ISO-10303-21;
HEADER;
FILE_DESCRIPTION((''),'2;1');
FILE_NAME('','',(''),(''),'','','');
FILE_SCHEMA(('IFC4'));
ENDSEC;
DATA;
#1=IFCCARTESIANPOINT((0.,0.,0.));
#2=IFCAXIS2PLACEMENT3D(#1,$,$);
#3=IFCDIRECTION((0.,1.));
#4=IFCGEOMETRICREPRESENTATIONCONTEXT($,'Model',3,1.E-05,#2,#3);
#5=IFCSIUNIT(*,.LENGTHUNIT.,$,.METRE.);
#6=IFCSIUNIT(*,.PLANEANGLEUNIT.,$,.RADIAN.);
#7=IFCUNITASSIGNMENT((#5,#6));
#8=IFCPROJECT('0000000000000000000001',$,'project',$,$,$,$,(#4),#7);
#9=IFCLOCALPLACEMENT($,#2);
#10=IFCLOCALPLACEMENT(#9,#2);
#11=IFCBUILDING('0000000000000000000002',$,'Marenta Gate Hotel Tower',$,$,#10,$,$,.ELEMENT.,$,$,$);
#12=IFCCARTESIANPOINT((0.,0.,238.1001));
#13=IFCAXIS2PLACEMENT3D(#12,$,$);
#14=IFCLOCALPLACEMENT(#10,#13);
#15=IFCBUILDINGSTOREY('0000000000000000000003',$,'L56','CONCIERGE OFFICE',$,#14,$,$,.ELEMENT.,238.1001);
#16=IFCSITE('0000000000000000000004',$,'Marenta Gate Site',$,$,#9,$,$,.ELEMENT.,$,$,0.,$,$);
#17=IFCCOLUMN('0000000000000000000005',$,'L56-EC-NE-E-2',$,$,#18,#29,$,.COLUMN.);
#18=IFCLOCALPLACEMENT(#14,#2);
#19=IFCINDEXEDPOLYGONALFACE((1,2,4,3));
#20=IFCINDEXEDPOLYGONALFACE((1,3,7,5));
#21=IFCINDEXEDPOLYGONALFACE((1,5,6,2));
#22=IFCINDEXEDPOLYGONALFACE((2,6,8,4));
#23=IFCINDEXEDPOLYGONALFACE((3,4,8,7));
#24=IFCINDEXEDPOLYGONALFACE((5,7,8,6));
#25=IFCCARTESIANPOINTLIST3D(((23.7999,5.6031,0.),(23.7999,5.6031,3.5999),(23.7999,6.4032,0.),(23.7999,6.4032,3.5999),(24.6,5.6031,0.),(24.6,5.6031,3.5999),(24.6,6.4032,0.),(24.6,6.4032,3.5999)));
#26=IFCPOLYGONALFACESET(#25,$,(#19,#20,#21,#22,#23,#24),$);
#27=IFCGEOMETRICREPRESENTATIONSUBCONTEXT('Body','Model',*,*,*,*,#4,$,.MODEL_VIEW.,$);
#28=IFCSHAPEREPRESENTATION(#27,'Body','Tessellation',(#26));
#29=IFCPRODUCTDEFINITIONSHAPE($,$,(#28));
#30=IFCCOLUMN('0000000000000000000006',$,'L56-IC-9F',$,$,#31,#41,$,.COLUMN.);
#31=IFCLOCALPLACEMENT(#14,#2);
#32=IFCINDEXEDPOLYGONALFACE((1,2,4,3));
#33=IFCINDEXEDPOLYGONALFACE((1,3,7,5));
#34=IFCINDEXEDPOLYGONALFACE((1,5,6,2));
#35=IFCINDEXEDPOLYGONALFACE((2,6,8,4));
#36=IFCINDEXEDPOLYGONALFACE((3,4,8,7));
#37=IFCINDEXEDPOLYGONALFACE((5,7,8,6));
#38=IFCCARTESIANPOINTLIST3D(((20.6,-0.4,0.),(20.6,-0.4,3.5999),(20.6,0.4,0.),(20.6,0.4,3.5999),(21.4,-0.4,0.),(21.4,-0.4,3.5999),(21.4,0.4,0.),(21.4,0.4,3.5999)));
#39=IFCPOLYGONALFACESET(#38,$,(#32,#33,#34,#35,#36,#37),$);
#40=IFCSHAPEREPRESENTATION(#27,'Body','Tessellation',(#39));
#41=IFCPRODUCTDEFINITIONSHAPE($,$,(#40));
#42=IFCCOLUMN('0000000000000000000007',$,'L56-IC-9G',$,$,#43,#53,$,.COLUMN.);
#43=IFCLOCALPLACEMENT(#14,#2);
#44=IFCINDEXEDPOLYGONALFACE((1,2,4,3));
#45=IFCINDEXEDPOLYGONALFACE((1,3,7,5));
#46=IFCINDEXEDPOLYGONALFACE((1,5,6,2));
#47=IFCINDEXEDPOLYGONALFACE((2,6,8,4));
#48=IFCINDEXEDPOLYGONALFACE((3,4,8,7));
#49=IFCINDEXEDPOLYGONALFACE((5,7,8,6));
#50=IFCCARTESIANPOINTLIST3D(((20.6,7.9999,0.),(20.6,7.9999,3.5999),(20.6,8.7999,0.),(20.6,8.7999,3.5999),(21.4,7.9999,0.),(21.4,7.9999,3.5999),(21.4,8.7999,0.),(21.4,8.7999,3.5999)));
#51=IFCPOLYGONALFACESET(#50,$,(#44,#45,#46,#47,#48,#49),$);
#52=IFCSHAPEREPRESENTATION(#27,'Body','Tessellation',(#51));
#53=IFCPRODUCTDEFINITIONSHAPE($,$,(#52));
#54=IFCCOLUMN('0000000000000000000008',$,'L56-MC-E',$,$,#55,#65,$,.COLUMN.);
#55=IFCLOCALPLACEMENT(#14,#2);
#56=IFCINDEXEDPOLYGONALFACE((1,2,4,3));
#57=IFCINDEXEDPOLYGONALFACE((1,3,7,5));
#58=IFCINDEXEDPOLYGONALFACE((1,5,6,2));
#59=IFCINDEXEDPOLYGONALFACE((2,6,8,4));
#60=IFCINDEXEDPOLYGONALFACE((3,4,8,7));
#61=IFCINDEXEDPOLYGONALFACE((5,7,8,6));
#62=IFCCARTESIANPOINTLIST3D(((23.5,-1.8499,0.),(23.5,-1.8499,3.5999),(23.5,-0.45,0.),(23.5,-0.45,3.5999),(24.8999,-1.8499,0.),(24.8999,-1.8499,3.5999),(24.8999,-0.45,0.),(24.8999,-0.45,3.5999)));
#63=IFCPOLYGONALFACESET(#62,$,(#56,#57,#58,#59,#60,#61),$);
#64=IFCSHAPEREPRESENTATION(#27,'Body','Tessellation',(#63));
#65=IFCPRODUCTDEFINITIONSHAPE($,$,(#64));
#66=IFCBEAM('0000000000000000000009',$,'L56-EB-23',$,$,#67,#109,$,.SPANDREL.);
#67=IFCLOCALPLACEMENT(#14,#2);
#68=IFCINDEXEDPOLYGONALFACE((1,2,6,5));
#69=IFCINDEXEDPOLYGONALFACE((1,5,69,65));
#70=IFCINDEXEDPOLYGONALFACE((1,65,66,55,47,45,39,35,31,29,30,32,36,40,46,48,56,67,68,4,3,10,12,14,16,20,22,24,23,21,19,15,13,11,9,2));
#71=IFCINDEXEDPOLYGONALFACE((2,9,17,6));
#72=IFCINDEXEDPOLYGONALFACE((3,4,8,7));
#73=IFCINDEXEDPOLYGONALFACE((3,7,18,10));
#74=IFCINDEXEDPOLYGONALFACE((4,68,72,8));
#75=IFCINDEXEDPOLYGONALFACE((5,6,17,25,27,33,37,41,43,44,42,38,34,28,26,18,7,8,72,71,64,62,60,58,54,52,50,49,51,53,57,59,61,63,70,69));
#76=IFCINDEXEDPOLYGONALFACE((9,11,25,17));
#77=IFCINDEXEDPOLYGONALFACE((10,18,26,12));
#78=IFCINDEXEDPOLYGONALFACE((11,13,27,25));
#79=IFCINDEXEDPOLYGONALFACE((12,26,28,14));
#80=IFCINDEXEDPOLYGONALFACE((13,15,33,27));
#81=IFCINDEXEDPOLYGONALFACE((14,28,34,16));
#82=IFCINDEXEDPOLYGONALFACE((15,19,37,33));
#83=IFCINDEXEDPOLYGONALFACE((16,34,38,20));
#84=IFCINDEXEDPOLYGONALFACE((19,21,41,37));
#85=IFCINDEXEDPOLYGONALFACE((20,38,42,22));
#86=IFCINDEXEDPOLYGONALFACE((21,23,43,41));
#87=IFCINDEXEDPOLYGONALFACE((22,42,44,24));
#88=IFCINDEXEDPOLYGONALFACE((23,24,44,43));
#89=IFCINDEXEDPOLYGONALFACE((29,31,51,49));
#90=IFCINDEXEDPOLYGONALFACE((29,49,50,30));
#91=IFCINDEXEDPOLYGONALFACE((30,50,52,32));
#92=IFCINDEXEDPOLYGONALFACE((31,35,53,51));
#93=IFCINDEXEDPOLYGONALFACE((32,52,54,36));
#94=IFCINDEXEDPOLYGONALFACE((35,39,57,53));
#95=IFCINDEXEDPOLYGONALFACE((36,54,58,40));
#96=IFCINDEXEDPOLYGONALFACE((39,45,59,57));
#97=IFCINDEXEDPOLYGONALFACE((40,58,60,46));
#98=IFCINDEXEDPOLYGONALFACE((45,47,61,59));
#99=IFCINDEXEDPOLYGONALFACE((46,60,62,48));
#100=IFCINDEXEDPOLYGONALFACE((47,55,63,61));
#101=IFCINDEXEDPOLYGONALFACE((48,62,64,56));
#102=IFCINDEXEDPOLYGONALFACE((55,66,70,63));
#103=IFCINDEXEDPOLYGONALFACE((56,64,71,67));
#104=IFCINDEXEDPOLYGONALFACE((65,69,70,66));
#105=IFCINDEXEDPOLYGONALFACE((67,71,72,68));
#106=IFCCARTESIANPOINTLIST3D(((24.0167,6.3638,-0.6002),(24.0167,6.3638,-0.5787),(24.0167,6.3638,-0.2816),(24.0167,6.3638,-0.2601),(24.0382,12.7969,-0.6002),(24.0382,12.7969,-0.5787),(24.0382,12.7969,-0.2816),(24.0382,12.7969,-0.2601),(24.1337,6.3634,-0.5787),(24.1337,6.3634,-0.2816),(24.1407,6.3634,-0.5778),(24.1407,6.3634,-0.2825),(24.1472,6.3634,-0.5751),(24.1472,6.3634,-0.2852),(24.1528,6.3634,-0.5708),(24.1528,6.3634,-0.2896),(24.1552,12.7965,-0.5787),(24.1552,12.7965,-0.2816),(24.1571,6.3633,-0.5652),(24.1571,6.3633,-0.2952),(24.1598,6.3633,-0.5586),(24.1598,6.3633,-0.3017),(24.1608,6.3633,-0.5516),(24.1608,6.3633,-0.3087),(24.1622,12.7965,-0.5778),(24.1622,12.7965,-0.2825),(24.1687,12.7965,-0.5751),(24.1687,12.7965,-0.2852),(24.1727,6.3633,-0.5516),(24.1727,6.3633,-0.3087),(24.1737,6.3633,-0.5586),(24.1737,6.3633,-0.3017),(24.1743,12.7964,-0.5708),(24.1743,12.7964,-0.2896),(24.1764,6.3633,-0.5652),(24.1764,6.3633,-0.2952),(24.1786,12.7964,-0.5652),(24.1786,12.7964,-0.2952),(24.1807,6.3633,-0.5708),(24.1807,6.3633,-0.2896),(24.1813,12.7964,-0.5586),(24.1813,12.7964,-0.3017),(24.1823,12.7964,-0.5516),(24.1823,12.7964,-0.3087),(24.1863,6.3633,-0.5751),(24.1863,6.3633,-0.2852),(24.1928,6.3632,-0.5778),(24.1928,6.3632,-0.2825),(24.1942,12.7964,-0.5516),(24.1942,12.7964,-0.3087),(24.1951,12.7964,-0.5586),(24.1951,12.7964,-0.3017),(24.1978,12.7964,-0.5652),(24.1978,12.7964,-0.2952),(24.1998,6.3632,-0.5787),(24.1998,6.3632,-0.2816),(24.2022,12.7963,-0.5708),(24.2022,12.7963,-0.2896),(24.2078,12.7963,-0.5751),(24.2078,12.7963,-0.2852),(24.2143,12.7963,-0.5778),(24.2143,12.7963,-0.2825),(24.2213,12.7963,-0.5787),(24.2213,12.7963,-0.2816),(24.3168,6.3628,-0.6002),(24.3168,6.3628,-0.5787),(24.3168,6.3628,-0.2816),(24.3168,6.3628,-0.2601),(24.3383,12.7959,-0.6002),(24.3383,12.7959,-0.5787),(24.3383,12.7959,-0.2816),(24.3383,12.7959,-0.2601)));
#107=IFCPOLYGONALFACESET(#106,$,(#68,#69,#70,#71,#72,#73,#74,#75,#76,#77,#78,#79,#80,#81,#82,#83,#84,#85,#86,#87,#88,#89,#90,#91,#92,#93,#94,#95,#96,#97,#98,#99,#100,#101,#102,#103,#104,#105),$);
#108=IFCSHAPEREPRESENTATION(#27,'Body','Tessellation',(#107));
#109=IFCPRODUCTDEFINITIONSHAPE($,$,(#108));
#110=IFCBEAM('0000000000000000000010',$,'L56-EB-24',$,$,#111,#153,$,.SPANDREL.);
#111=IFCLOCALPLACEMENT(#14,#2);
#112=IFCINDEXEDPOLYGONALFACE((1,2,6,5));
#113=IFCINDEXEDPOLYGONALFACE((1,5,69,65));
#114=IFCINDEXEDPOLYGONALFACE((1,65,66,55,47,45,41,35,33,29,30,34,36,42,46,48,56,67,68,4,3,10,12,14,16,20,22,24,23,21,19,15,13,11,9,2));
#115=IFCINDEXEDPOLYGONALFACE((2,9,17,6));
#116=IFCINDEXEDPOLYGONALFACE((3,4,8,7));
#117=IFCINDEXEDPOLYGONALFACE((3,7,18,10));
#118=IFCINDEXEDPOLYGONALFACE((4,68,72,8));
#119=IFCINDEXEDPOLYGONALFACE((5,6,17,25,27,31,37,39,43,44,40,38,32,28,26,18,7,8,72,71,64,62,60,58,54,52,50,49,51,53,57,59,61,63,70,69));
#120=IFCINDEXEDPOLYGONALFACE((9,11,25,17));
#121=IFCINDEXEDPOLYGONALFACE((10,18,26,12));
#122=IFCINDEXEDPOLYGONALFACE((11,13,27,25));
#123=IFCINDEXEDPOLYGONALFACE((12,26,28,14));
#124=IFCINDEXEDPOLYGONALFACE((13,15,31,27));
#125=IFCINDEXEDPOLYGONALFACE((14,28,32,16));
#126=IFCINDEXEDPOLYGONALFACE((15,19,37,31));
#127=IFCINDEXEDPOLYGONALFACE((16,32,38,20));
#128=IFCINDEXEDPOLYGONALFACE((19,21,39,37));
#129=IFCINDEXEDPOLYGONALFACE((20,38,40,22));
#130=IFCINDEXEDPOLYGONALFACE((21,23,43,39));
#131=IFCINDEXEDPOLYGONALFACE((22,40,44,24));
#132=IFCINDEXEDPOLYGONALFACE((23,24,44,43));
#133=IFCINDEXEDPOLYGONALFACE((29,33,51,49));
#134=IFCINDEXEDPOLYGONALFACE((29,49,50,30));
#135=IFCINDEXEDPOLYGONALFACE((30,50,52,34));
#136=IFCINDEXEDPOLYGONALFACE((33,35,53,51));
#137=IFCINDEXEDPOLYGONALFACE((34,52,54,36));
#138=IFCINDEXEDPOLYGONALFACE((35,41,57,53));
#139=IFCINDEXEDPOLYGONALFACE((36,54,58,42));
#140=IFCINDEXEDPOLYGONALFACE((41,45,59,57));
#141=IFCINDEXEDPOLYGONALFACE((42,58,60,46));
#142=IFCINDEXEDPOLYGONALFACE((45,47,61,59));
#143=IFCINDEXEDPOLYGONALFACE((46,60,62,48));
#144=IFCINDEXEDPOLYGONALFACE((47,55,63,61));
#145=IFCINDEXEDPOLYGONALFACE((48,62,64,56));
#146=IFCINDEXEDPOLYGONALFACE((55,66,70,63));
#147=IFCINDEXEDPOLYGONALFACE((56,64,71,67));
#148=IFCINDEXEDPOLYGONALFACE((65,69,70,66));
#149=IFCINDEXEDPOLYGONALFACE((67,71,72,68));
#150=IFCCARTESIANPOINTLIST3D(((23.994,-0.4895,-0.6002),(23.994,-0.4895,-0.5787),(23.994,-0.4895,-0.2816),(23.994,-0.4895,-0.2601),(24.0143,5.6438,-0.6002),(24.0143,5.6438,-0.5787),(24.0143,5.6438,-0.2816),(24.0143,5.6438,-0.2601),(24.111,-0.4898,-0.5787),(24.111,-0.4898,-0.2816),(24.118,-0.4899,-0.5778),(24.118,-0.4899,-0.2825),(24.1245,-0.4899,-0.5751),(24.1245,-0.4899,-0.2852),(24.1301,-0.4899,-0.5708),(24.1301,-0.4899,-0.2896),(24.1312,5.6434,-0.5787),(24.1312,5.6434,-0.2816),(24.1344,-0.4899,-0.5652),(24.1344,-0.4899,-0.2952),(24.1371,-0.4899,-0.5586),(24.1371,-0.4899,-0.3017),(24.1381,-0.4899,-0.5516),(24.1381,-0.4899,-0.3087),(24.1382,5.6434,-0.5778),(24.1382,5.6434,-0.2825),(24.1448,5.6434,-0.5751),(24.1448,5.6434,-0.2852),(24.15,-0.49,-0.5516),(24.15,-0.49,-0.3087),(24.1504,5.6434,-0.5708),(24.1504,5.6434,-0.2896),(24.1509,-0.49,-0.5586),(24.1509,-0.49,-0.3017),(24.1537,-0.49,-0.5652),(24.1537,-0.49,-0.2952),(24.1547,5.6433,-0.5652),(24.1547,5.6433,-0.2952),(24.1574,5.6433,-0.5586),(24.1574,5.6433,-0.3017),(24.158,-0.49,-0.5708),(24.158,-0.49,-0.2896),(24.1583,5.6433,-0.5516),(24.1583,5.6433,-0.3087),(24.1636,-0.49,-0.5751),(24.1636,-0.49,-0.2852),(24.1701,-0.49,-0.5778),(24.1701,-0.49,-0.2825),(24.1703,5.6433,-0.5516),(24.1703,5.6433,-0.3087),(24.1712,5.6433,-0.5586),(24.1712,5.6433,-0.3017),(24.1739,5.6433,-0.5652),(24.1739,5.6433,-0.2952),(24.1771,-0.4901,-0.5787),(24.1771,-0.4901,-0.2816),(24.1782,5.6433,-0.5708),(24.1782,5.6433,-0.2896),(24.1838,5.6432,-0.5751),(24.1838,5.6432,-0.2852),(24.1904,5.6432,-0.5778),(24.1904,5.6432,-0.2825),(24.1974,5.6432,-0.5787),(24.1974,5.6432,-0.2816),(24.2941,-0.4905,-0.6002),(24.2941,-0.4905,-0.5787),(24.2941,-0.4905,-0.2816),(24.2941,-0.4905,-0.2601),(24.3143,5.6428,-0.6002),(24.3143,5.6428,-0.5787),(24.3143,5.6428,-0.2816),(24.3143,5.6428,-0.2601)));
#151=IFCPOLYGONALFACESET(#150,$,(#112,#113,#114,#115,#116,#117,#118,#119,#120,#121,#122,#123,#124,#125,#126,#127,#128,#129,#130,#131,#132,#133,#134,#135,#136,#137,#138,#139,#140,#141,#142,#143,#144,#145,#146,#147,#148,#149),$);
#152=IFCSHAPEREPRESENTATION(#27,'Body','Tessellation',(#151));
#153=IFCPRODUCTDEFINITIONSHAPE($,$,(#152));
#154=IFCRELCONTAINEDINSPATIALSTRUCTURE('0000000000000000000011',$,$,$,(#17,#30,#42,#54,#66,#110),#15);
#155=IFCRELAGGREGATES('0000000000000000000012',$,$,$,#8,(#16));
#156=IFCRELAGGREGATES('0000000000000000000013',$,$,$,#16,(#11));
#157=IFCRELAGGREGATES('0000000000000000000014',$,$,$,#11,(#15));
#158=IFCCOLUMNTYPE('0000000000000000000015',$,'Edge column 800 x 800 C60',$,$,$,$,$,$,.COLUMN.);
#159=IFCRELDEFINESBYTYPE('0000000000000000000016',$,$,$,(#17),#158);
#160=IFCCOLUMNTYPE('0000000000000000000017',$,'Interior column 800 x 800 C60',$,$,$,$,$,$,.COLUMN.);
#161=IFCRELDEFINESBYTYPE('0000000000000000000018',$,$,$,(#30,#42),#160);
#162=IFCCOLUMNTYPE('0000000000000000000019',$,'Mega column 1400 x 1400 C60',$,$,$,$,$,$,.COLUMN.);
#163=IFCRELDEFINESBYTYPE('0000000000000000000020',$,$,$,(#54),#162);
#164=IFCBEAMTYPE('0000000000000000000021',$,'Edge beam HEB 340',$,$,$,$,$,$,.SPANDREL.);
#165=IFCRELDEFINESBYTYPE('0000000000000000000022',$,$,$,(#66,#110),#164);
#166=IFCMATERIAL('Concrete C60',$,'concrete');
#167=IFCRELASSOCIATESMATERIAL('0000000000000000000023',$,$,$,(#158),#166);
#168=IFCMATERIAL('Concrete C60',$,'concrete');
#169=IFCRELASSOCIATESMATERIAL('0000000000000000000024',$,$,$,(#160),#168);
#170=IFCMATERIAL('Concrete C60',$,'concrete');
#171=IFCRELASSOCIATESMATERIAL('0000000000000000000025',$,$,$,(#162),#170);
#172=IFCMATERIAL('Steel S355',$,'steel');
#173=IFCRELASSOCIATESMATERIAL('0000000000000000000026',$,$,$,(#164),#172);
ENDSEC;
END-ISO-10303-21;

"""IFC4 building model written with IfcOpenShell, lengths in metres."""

from ifc_helpers import new_model, si_unit, direction, frame, origin, origin_2d, place, context, subcontext, project, spatial, rectangle, i_section, extrude, material, material_profile, profile_set, type_object, element, save


model = new_model("IFC4")

# Units and contexts
model_context = context("Model", 3, precision=1e-05, world=origin(), true_north=direction((0.0, 1.0)))
body_context = subcontext(model_context, "Body", "Model", "MODEL_VIEW")
ifc_project = project(units=[si_unit("LENGTHUNIT", "METRE"), si_unit("PLANEANGLEUNIT", "RADIAN")], contexts=[model_context])

# Site, building, storey
site_placement = place(None, origin())
site = spatial("IfcSite", under=ifc_project, at=site_placement, Name="Marenta Gate Site", CompositionType="ELEMENT", RefElevation=0.0)
building_placement = place(site_placement, origin())
building = spatial("IfcBuilding", under=site, at=building_placement, Name="Marenta Gate Hotel Tower", CompositionType="ELEMENT")
storey_placement = place(building_placement, frame((0.0, 0.0, 238.1001)))
storey = spatial("IfcBuildingStorey", under=building, at=storey_placement, Name="L56", Description="CONCIERGE OFFICE", CompositionType="ELEMENT", Elevation=238.1001)

# Columns
ifc_material_1 = material(Name="Concrete C60", Category="concrete")
ifc_material_profile_1 = material_profile(ifc_material_1, rectangle(XDim=0.8, YDim=0.8, at=origin_2d()), Name="800 x 800")
ifc_profile_set_1 = profile_set([ifc_material_profile_1], Name="Concrete C60")
column_type_1 = type_object("IfcColumnType", Name="Edge column 800 x 800 C60", PredefinedType="COLUMN", material=ifc_profile_set_1)
column_1_placement = place(storey_placement, frame((24.2, 6.0032, 0.0), z_axis=(0.0, 0.0, 1.0), x_axis=(1.0, 0.0, 0.0)))
element("IfcColumn", 1, at=column_1_placement, inside=storey, type_object=column_type_1, Name="L56-EC-NE-E-2", PredefinedType="COLUMN", context=body_context, shape_type="SweptSolid", body=[
    extrude(rectangle(XDim=0.8, YDim=0.8, at=origin_2d()), origin(), (0.0, 0.0, 1.0), 3.5999),
])
ifc_material_2 = material(Name="Concrete C60", Category="concrete")
ifc_material_profile_2 = material_profile(ifc_material_2, rectangle(XDim=0.8, YDim=0.8, at=origin_2d()), Name="800 x 800")
ifc_profile_set_2 = profile_set([ifc_material_profile_2], Name="Concrete C60")
column_type_2 = type_object("IfcColumnType", Name="Interior column 800 x 800 C60", PredefinedType="COLUMN", material=ifc_profile_set_2)
for number, where, z_axis, x_axis, name in (
    (2, (21.0, 0.0, 0.0), (0.0, 0.0, 1.0), (1.0, 0.0, 0.0), "L56-IC-9F"),
    (3, (21.0, 8.3999, 0.0), (0.0, 0.0, 1.0), (1.0, 0.0, 0.0), "L56-IC-9G"),
):
    element("IfcColumn", number, at=place(storey_placement, frame(where, z_axis=z_axis, x_axis=x_axis)), inside=storey, type_object=column_type_2, Name=name, PredefinedType="COLUMN", context=body_context, shape_type="SweptSolid", body=[
        extrude(rectangle(XDim=0.8, YDim=0.8, at=origin_2d()), origin(), (0.0, 0.0, 1.0), 3.5999),
    ])
ifc_material_3 = material(Name="Concrete C60", Category="concrete")
ifc_material_profile_3 = material_profile(ifc_material_3, rectangle(XDim=1.3999, YDim=1.3999, at=origin_2d()), Name="1400 x 1400")
ifc_profile_set_3 = profile_set([ifc_material_profile_3], Name="Concrete C60")
column_type_3 = type_object("IfcColumnType", Name="Mega column 1400 x 1400 C60", PredefinedType="COLUMN", material=ifc_profile_set_3)
column_2_placement = place(storey_placement, frame((24.2, -1.1499, 0.0), z_axis=(0.0, 0.0, 1.0), x_axis=(1.0, 0.0, 0.0)))
element("IfcColumn", 4, at=column_2_placement, inside=storey, type_object=column_type_3, Name="L56-MC-E", PredefinedType="COLUMN", context=body_context, shape_type="SweptSolid", body=[
    extrude(rectangle(XDim=1.3999, YDim=1.3999, at=origin_2d()), origin(), (0.0, 0.0, 1.0), 3.5999),
])

# Beams
ifc_material_4 = material(Name="Steel S355", Category="steel")
ifc_material_profile_4 = material_profile(ifc_material_4, i_section(OverallWidth=0.3, OverallDepth=0.3401, WebThickness=0.012, FlangeThickness=0.0215, FilletRadius=0.0271, at=origin_2d()), Name="HEB 340")
ifc_profile_set_4 = profile_set([ifc_material_profile_4], Name="Steel S355")
beam_type_1 = type_object("IfcBeamType", Name="Edge beam HEB 340", PredefinedType="SPANDREL", material=ifc_profile_set_4)
beam_1_placement = place(storey_placement, frame((24.1882, 12.7964, -0.4302), z_axis=(-0.00334, -0.999994, 0.0), x_axis=(0.999994, -0.00334, 0.0)))
element("IfcBeam", 5, at=beam_1_placement, inside=storey, type_object=beam_type_1, Name="L56-EB-23", PredefinedType="SPANDREL", context=body_context, shape_type="SweptSolid", body=[
    extrude(i_section(OverallWidth=0.3, OverallDepth=0.3401, WebThickness=0.012, FlangeThickness=0.0215, FilletRadius=0.0271, at=origin_2d()), origin(), (0.0, 0.0, 1.0), 6.4331),
])
beam_2_placement = place(storey_placement, frame((24.1643, 5.6433, -0.4302), z_axis=(-0.003304, -0.999995, 0.0), x_axis=(0.999995, -0.003304, 0.0)))
element("IfcBeam", 6, at=beam_2_placement, inside=storey, type_object=beam_type_1, Name="L56-EB-24", PredefinedType="SPANDREL", context=body_context, shape_type="SweptSolid", body=[
    extrude(i_section(OverallWidth=0.3, OverallDepth=0.3401, WebThickness=0.012, FlangeThickness=0.0215, FilletRadius=0.0271, at=origin_2d()), origin(), (0.0, 0.0, 1.0), 6.1333),
])

save(model, "model.ifc")
